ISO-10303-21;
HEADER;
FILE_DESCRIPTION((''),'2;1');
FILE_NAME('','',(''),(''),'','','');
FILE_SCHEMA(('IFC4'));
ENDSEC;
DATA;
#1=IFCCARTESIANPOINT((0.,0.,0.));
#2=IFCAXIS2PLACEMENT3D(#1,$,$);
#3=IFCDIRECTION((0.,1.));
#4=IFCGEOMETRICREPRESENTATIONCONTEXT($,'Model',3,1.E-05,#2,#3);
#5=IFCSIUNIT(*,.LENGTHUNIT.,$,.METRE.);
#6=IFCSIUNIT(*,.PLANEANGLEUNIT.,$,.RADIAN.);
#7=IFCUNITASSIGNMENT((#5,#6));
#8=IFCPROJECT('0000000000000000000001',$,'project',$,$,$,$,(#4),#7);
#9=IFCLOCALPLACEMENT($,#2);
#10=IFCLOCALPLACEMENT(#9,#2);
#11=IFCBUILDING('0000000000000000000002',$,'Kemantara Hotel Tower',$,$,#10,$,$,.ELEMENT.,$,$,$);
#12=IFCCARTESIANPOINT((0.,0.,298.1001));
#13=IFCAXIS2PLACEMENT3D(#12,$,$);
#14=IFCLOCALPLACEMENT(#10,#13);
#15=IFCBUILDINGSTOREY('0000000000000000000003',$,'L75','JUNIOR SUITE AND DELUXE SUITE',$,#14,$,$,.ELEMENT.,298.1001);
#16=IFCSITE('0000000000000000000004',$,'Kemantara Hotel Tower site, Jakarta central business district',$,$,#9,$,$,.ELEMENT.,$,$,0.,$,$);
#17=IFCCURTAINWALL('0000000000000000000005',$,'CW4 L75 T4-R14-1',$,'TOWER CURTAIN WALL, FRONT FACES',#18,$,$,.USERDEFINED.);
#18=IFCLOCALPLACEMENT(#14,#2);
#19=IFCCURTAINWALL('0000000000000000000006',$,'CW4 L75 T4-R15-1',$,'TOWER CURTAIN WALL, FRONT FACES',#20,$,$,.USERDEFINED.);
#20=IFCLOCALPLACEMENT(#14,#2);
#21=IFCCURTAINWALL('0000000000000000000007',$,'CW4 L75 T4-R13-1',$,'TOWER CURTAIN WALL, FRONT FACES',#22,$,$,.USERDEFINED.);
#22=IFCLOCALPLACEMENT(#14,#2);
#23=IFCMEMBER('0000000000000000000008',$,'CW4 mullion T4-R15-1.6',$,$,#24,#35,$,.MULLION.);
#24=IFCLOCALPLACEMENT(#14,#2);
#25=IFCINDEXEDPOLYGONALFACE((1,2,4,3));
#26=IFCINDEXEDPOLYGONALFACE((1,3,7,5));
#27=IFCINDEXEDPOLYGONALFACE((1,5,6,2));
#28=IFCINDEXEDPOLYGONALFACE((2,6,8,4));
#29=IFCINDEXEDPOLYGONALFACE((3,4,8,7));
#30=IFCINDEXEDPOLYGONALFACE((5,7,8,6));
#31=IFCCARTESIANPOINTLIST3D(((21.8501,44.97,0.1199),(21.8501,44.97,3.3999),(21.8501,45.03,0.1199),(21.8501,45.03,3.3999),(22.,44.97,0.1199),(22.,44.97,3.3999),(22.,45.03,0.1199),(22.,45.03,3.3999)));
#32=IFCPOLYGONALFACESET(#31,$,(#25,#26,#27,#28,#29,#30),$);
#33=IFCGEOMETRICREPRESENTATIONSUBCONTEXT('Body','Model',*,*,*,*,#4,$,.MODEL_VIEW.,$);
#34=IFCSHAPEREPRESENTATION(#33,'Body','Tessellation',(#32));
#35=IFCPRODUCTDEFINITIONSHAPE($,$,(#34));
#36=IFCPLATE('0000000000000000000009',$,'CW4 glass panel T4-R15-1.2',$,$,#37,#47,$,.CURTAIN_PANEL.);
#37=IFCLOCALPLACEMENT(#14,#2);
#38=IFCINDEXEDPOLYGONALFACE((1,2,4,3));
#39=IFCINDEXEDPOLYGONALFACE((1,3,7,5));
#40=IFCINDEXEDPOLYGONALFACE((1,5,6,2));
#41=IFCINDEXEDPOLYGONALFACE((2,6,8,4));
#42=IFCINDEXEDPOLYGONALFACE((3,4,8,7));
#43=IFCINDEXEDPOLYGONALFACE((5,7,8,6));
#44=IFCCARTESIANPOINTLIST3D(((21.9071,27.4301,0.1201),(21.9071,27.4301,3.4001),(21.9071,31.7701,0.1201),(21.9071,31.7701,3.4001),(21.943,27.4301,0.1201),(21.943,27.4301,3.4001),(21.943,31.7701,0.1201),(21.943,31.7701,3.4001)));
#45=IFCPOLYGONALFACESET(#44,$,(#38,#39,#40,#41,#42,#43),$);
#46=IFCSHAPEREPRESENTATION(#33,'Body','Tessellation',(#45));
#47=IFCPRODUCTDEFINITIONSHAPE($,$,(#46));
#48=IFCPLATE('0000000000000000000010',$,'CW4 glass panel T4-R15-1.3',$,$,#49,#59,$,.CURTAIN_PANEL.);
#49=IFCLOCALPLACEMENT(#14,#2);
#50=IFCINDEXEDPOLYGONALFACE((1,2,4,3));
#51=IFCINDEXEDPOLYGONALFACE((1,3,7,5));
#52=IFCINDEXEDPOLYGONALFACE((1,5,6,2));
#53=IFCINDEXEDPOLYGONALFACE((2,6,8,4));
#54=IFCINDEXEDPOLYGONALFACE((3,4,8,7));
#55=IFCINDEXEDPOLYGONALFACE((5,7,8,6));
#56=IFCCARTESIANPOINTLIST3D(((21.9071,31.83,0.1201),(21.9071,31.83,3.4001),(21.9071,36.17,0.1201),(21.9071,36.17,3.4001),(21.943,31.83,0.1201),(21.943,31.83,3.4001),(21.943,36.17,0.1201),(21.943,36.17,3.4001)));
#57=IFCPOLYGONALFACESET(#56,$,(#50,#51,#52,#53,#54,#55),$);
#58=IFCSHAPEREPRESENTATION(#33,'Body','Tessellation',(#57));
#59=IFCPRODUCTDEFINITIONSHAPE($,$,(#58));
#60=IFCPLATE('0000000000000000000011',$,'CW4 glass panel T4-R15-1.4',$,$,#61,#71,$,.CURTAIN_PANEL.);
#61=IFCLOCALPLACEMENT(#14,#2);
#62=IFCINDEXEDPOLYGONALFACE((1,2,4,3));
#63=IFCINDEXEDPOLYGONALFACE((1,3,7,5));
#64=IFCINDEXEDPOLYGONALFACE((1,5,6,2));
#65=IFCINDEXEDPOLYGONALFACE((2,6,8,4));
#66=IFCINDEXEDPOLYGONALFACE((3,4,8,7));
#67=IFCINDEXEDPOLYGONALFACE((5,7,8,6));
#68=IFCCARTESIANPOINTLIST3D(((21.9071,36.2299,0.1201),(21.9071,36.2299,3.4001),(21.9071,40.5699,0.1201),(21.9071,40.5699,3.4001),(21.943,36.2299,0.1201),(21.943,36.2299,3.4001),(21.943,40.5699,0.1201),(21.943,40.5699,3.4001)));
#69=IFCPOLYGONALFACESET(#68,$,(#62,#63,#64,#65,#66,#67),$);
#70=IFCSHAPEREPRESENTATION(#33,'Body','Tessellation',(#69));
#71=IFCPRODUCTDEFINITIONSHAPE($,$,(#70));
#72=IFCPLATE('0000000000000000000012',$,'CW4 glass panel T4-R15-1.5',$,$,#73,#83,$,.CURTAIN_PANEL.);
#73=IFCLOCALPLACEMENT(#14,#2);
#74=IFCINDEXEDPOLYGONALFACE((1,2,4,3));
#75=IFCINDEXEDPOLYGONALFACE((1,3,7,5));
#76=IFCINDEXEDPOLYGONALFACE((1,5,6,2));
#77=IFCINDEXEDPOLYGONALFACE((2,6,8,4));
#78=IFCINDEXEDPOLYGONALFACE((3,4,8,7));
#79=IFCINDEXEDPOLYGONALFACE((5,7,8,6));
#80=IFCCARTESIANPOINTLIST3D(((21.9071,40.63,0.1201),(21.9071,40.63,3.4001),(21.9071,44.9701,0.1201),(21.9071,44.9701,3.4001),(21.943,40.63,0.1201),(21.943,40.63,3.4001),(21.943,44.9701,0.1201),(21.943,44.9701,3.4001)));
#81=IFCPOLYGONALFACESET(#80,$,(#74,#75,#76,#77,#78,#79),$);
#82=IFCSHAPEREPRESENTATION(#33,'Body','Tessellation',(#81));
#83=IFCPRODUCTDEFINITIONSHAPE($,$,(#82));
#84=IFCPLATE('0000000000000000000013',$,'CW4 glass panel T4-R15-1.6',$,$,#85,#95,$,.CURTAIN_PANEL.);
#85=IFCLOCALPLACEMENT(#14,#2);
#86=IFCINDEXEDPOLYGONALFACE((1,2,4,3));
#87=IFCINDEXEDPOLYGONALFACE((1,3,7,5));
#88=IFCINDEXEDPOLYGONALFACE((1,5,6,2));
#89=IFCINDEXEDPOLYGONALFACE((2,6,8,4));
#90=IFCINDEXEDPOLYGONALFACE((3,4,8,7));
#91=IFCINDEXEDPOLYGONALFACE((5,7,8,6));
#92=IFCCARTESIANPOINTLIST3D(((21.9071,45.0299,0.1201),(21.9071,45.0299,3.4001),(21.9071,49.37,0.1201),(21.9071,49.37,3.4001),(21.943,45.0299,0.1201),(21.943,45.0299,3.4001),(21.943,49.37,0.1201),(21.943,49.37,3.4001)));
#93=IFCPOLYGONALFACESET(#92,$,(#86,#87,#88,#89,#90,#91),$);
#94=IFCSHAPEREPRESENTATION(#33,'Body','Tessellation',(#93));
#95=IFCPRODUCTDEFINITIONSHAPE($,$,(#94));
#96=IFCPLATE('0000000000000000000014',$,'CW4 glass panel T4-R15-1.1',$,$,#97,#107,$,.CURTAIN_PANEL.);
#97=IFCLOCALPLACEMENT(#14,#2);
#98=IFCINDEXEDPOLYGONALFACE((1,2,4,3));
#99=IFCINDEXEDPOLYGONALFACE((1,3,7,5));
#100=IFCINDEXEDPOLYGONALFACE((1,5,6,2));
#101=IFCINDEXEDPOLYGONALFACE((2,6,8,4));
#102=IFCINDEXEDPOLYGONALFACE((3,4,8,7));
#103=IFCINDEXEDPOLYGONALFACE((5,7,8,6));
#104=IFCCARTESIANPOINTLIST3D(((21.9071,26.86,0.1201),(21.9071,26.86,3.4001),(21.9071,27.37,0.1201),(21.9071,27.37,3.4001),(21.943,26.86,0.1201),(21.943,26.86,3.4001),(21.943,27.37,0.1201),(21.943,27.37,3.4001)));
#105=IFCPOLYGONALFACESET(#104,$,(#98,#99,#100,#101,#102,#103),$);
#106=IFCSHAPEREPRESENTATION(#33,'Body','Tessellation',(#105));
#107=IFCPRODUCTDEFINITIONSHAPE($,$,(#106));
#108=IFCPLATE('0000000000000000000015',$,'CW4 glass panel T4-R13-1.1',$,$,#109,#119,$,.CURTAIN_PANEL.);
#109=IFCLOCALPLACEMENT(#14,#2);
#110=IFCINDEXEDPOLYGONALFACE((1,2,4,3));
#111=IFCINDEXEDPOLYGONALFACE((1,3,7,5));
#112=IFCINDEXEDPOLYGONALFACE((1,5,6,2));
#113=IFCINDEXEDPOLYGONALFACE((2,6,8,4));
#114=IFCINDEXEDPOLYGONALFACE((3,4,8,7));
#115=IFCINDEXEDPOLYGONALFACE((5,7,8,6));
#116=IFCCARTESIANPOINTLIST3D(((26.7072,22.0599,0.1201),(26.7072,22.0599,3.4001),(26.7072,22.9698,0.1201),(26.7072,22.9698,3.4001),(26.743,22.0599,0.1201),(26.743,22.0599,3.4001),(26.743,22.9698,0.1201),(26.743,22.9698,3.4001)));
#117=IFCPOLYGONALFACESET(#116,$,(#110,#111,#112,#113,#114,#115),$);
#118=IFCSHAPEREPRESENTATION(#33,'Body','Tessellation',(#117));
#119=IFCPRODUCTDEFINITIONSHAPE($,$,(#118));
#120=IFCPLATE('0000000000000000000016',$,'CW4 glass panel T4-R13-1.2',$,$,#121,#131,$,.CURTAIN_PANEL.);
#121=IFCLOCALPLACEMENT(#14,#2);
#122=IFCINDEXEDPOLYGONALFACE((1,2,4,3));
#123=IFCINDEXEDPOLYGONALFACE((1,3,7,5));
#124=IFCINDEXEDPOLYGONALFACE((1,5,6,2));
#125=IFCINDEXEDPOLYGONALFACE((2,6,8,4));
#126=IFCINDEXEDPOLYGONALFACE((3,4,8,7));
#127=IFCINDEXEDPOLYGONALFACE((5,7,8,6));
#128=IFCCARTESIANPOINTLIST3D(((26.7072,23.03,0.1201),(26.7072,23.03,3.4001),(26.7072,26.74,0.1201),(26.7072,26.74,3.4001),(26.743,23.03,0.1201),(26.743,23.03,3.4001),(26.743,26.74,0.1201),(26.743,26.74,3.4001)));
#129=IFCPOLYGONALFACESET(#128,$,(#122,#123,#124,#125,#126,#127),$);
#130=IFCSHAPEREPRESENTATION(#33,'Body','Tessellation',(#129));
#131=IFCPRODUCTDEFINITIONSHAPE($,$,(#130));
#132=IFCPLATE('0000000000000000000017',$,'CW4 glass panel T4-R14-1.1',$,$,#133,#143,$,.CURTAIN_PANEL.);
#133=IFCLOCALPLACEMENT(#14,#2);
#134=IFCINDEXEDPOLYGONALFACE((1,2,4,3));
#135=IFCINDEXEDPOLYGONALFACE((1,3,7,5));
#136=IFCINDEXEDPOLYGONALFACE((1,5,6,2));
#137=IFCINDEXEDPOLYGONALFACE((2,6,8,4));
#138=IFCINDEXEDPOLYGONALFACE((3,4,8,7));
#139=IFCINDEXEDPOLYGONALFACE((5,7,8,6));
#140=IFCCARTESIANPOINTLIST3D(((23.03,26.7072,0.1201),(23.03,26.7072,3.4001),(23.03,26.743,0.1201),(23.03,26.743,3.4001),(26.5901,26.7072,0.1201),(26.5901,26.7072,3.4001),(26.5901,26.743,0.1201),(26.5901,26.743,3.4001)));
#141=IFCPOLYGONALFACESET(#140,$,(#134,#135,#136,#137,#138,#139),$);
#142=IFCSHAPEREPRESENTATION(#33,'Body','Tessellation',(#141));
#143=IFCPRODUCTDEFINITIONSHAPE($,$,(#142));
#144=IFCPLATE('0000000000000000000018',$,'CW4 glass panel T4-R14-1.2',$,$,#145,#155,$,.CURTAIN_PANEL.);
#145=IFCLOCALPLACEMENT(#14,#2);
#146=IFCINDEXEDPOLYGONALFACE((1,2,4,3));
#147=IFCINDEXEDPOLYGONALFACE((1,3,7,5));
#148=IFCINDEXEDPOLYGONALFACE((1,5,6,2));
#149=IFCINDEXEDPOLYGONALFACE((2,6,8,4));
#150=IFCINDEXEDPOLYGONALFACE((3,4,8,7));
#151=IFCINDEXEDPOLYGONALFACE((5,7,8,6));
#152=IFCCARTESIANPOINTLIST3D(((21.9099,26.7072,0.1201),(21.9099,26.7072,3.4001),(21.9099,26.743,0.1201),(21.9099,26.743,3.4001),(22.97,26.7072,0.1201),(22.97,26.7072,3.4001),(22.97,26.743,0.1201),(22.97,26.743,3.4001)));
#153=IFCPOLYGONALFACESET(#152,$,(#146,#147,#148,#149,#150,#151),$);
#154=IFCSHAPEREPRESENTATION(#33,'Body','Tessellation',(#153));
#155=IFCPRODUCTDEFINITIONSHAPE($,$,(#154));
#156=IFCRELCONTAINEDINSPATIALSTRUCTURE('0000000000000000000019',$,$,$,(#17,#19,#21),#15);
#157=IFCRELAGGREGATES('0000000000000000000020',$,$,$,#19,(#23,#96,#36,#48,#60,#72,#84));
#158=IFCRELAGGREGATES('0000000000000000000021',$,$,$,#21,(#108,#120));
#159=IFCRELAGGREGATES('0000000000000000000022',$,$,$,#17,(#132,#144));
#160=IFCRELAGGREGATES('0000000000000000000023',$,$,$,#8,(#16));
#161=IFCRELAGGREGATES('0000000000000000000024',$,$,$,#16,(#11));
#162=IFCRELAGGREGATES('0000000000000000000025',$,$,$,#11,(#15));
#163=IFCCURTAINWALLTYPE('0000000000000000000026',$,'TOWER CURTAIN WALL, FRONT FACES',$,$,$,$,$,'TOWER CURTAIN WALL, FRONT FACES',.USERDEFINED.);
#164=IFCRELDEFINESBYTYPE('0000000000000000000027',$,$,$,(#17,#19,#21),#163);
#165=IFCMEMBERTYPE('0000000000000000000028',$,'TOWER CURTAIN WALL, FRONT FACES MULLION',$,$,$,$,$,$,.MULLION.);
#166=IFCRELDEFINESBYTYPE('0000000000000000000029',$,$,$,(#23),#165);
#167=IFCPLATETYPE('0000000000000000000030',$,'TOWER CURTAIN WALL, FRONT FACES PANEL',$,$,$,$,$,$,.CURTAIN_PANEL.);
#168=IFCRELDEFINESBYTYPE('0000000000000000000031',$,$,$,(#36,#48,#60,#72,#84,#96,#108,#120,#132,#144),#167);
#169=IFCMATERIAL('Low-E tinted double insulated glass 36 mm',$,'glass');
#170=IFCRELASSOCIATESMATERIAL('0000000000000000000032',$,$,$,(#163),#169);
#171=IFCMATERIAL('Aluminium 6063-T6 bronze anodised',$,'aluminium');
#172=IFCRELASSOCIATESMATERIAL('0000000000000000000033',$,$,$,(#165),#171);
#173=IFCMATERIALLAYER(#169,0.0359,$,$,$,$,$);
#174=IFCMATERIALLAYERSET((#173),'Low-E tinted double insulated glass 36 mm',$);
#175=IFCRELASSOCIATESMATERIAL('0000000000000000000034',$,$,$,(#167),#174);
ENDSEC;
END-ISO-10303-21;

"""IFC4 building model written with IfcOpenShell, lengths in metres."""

from ifc_helpers import new_model, si_unit, direction, frame, origin, origin_2d, place, context, subcontext, project, spatial, rectangle, extrude, source, transform, mapped, material, layer, layer_set, material_profile, profile_set, type_object, element, aggregate, save


model = new_model("IFC4")

# Units and contexts
model_context = context("Model", 3, precision=1e-05, world=origin(), true_north=direction((0.0, 1.0)))
body_context = subcontext(model_context, "Body", "Model", "MODEL_VIEW")
ifc_project = project(units=[si_unit("LENGTHUNIT", "METRE"), si_unit("PLANEANGLEUNIT", "RADIAN")], contexts=[model_context])

# Site, building, storey
site_placement = place(None, origin())
site = spatial("IfcSite", under=ifc_project, at=site_placement, Name="Kemantara Hotel Tower site, Jakarta central business district", CompositionType="ELEMENT", RefElevation=0.0)
building_placement = place(site_placement, origin())
building = spatial("IfcBuilding", under=site, at=building_placement, Name="Kemantara Hotel Tower", CompositionType="ELEMENT")
storey_placement = place(building_placement, frame((0.0, 0.0, 298.1001)))
storey = spatial("IfcBuildingStorey", under=building, at=storey_placement, Name="L75", Description="JUNIOR SUITE AND DELUXE SUITE", CompositionType="ELEMENT", Elevation=298.1001)

# Curtain walls
ifc_material_1 = material(Name="Low-E tinted double insulated glass 36 mm", Category="glass")
curtain_wall_type = type_object("IfcCurtainWallType", Name="TOWER CURTAIN WALL, FRONT FACES", ElementType="TOWER CURTAIN WALL, FRONT FACES", PredefinedType="USERDEFINED", material=ifc_material_1)
curtain_wall_1_placement = place(storey_placement, origin())
curtain_wall_1 = element("IfcCurtainWall", 1, at=curtain_wall_1_placement, inside=storey, type_object=curtain_wall_type, Name="CW4 L75 T4-R14-1", ObjectType="TOWER CURTAIN WALL, FRONT FACES", PredefinedType="USERDEFINED")
ifc_material_2 = material(Name="Aluminium 6063-T6 bronze anodised", Category="aluminium")
curtain_wall_2_placement = place(storey_placement, origin())
curtain_wall_2 = element("IfcCurtainWall", 2, at=curtain_wall_2_placement, inside=storey, type_object=curtain_wall_type, Name="CW4 L75 T4-R15-1", ObjectType="TOWER CURTAIN WALL, FRONT FACES", PredefinedType="USERDEFINED")

# Curtain wall
curtain_wall_3_placement = place(storey_placement, origin())
curtain_wall_3 = element("IfcCurtainWall", 3, at=curtain_wall_3_placement, inside=storey, type_object=curtain_wall_type, Name="CW4 L75 T4-R13-1", ObjectType="TOWER CURTAIN WALL, FRONT FACES", PredefinedType="USERDEFINED")
ifc_material_profile_1 = material_profile(ifc_material_2, rectangle(XDim=0.1499, YDim=0.0601, at=origin_2d()), Name="TOWER CURTAIN WALL, FRONT FACES MULLION")
ifc_profile_set_1 = profile_set([ifc_material_profile_1], Name="Aluminium 6063-T6 bronze anodised")
member_type_1 = type_object("IfcMemberType", Name="TOWER CURTAIN WALL, FRONT FACES MULLION", PredefinedType="MULLION", material=ifc_profile_set_1)
shared_shape_1 = source(origin(), body_context, "Body", "SweptSolid", [
    extrude(rectangle(XDim=0.1499, YDim=0.0601, at=origin_2d()), origin(), (0.0, 0.0, 1.0), 3.28),
])

# Member
member_1_placement = place(storey_placement, frame((21.925, 45.0, 0.1199), z_axis=(0.0, 0.0, 1.0), x_axis=(-1.0, 0.0, 0.0)))
member_1 = element("IfcMember", 4, at=member_1_placement, type_object=member_type_1, Name="CW4 mullion T4-R15-1.6", PredefinedType="MULLION", context=body_context, shape_type="MappedRepresentation", body=[
    mapped(shared_shape_1, transform((0.0, 0.0, 0.0))),
])

# Plates
ifc_layer_1 = layer(ifc_material_1, 0.0359)
ifc_layer_set_1 = layer_set([ifc_layer_1], Name="Low-E tinted double insulated glass 36 mm")
plate_type = type_object("IfcPlateType", Name="TOWER CURTAIN WALL, FRONT FACES PANEL", PredefinedType="CURTAIN_PANEL", material=ifc_layer_set_1)
shared_shape_2 = source(origin(), body_context, "Body", "SweptSolid", [
    extrude(rectangle(XDim=4.3401, YDim=0.0359, at=origin_2d()), origin(), (0.0, 0.0, 1.0), 3.28),
])
plate_1_placement = place(storey_placement, frame((21.925, 29.6001, 0.1201), z_axis=(0.0, 0.0, 1.0), x_axis=(0.0, 1.0, 0.0)))
plate_1 = element("IfcPlate", 5, at=plate_1_placement, type_object=plate_type, Name="CW4 glass panel T4-R15-1.2", PredefinedType="CURTAIN_PANEL", context=body_context, shape_type="MappedRepresentation", body=[
    mapped(shared_shape_2, transform((0.0, 0.0, 0.0))),
])
plate_2_placement = place(storey_placement, frame((21.925, 34.0, 0.1201), z_axis=(0.0, 0.0, 1.0), x_axis=(0.0, 1.0, 0.0)))
plate_2 = element("IfcPlate", 6, at=plate_2_placement, type_object=plate_type, Name="CW4 glass panel T4-R15-1.3", PredefinedType="CURTAIN_PANEL", context=body_context, shape_type="MappedRepresentation", body=[
    mapped(shared_shape_2, transform((0.0, 0.0, 0.0))),
])
plate_3_placement = place(storey_placement, frame((21.925, 38.3999, 0.1201), z_axis=(0.0, 0.0, 1.0), x_axis=(0.0, 1.0, 0.0)))
plate_3 = element("IfcPlate", 7, at=plate_3_placement, type_object=plate_type, Name="CW4 glass panel T4-R15-1.4", PredefinedType="CURTAIN_PANEL", context=body_context, shape_type="MappedRepresentation", body=[
    mapped(shared_shape_2, transform((0.0, 0.0, 0.0))),
])
plate_4_placement = place(storey_placement, frame((21.925, 42.8, 0.1201), z_axis=(0.0, 0.0, 1.0), x_axis=(0.0, 1.0, 0.0)))
plate_4 = element("IfcPlate", 8, at=plate_4_placement, type_object=plate_type, Name="CW4 glass panel T4-R15-1.5", PredefinedType="CURTAIN_PANEL", context=body_context, shape_type="MappedRepresentation", body=[
    mapped(shared_shape_2, transform((0.0, 0.0, 0.0))),
])
plate_5_placement = place(storey_placement, frame((21.925, 47.2, 0.1201), z_axis=(0.0, 0.0, 1.0), x_axis=(0.0, 1.0, 0.0)))
plate_5 = element("IfcPlate", 9, at=plate_5_placement, type_object=plate_type, Name="CW4 glass panel T4-R15-1.6", PredefinedType="CURTAIN_PANEL", context=body_context, shape_type="MappedRepresentation", body=[
    mapped(shared_shape_2, transform((0.0, 0.0, 0.0))),
])
shared_shape_3 = source(origin(), body_context, "Body", "SweptSolid", [
    extrude(rectangle(XDim=0.51, YDim=0.0359, at=origin_2d()), origin(), (0.0, 0.0, 1.0), 3.28),
])
plate_6_placement = place(storey_placement, frame((21.925, 27.115, 0.1201), z_axis=(0.0, 0.0, 1.0), x_axis=(0.0, 1.0, 0.0)))
plate_6 = element("IfcPlate", 10, at=plate_6_placement, type_object=plate_type, Name="CW4 glass panel T4-R15-1.1", PredefinedType="CURTAIN_PANEL", context=body_context, shape_type="MappedRepresentation", body=[
    mapped(shared_shape_3, transform((0.0, 0.0, 0.0))),
])
aggregate(curtain_wall_2, [member_1, plate_6, plate_1, plate_2, plate_3, plate_4, plate_5])
shared_shape_4 = source(origin(), body_context, "Body", "SweptSolid", [
    extrude(rectangle(XDim=0.9099, YDim=0.0359, at=origin_2d()), origin(), (0.0, 0.0, 1.0), 3.28),
])
plate_7_placement = place(storey_placement, frame((26.7251, 22.5149, 0.1201), z_axis=(0.0, 0.0, 1.0), x_axis=(0.0, 1.0, 0.0)))
plate_7 = element("IfcPlate", 11, at=plate_7_placement, type_object=plate_type, Name="CW4 glass panel T4-R13-1.1", PredefinedType="CURTAIN_PANEL", context=body_context, shape_type="MappedRepresentation", body=[
    mapped(shared_shape_4, transform((0.0, 0.0, 0.0))),
])
shared_shape_5 = source(origin(), body_context, "Body", "SweptSolid", [
    extrude(rectangle(XDim=3.71, YDim=0.0359, at=origin_2d()), origin(), (0.0, 0.0, 1.0), 3.28),
])
plate_8_placement = place(storey_placement, frame((26.7251, 24.885, 0.1201), z_axis=(0.0, 0.0, 1.0), x_axis=(0.0, 1.0, 0.0)))
plate_8 = element("IfcPlate", 12, at=plate_8_placement, type_object=plate_type, Name="CW4 glass panel T4-R13-1.2", PredefinedType="CURTAIN_PANEL", context=body_context, shape_type="MappedRepresentation", body=[
    mapped(shared_shape_5, transform((0.0, 0.0, 0.0))),
])
aggregate(curtain_wall_3, [plate_7, plate_8])
shared_shape_6 = source(origin(), body_context, "Body", "SweptSolid", [
    extrude(rectangle(XDim=3.5601, YDim=0.0359, at=origin_2d()), origin(), (0.0, 0.0, 1.0), 3.28),
])
plate_9_placement = place(storey_placement, frame((24.8101, 26.7251, 0.1201), z_axis=(0.0, 0.0, 1.0), x_axis=(-1.0, 0.0, 0.0)))
plate_9 = element("IfcPlate", 13, at=plate_9_placement, type_object=plate_type, Name="CW4 glass panel T4-R14-1.1", PredefinedType="CURTAIN_PANEL", context=body_context, shape_type="MappedRepresentation", body=[
    mapped(shared_shape_6, transform((0.0, 0.0, 0.0))),
])
shared_shape_7 = source(origin(), body_context, "Body", "SweptSolid", [
    extrude(rectangle(XDim=1.0601, YDim=0.0359, at=origin_2d()), origin(), (0.0, 0.0, 1.0), 3.28),
])
plate_10_placement = place(storey_placement, frame((22.4399, 26.7251, 0.1201), z_axis=(0.0, 0.0, 1.0), x_axis=(-1.0, 0.0, 0.0)))
plate_10 = element("IfcPlate", 14, at=plate_10_placement, type_object=plate_type, Name="CW4 glass panel T4-R14-1.2", PredefinedType="CURTAIN_PANEL", context=body_context, shape_type="MappedRepresentation", body=[
    mapped(shared_shape_7, transform((0.0, 0.0, 0.0))),
])
aggregate(curtain_wall_1, [plate_9, plate_10])

save(model, "model.ifc")
